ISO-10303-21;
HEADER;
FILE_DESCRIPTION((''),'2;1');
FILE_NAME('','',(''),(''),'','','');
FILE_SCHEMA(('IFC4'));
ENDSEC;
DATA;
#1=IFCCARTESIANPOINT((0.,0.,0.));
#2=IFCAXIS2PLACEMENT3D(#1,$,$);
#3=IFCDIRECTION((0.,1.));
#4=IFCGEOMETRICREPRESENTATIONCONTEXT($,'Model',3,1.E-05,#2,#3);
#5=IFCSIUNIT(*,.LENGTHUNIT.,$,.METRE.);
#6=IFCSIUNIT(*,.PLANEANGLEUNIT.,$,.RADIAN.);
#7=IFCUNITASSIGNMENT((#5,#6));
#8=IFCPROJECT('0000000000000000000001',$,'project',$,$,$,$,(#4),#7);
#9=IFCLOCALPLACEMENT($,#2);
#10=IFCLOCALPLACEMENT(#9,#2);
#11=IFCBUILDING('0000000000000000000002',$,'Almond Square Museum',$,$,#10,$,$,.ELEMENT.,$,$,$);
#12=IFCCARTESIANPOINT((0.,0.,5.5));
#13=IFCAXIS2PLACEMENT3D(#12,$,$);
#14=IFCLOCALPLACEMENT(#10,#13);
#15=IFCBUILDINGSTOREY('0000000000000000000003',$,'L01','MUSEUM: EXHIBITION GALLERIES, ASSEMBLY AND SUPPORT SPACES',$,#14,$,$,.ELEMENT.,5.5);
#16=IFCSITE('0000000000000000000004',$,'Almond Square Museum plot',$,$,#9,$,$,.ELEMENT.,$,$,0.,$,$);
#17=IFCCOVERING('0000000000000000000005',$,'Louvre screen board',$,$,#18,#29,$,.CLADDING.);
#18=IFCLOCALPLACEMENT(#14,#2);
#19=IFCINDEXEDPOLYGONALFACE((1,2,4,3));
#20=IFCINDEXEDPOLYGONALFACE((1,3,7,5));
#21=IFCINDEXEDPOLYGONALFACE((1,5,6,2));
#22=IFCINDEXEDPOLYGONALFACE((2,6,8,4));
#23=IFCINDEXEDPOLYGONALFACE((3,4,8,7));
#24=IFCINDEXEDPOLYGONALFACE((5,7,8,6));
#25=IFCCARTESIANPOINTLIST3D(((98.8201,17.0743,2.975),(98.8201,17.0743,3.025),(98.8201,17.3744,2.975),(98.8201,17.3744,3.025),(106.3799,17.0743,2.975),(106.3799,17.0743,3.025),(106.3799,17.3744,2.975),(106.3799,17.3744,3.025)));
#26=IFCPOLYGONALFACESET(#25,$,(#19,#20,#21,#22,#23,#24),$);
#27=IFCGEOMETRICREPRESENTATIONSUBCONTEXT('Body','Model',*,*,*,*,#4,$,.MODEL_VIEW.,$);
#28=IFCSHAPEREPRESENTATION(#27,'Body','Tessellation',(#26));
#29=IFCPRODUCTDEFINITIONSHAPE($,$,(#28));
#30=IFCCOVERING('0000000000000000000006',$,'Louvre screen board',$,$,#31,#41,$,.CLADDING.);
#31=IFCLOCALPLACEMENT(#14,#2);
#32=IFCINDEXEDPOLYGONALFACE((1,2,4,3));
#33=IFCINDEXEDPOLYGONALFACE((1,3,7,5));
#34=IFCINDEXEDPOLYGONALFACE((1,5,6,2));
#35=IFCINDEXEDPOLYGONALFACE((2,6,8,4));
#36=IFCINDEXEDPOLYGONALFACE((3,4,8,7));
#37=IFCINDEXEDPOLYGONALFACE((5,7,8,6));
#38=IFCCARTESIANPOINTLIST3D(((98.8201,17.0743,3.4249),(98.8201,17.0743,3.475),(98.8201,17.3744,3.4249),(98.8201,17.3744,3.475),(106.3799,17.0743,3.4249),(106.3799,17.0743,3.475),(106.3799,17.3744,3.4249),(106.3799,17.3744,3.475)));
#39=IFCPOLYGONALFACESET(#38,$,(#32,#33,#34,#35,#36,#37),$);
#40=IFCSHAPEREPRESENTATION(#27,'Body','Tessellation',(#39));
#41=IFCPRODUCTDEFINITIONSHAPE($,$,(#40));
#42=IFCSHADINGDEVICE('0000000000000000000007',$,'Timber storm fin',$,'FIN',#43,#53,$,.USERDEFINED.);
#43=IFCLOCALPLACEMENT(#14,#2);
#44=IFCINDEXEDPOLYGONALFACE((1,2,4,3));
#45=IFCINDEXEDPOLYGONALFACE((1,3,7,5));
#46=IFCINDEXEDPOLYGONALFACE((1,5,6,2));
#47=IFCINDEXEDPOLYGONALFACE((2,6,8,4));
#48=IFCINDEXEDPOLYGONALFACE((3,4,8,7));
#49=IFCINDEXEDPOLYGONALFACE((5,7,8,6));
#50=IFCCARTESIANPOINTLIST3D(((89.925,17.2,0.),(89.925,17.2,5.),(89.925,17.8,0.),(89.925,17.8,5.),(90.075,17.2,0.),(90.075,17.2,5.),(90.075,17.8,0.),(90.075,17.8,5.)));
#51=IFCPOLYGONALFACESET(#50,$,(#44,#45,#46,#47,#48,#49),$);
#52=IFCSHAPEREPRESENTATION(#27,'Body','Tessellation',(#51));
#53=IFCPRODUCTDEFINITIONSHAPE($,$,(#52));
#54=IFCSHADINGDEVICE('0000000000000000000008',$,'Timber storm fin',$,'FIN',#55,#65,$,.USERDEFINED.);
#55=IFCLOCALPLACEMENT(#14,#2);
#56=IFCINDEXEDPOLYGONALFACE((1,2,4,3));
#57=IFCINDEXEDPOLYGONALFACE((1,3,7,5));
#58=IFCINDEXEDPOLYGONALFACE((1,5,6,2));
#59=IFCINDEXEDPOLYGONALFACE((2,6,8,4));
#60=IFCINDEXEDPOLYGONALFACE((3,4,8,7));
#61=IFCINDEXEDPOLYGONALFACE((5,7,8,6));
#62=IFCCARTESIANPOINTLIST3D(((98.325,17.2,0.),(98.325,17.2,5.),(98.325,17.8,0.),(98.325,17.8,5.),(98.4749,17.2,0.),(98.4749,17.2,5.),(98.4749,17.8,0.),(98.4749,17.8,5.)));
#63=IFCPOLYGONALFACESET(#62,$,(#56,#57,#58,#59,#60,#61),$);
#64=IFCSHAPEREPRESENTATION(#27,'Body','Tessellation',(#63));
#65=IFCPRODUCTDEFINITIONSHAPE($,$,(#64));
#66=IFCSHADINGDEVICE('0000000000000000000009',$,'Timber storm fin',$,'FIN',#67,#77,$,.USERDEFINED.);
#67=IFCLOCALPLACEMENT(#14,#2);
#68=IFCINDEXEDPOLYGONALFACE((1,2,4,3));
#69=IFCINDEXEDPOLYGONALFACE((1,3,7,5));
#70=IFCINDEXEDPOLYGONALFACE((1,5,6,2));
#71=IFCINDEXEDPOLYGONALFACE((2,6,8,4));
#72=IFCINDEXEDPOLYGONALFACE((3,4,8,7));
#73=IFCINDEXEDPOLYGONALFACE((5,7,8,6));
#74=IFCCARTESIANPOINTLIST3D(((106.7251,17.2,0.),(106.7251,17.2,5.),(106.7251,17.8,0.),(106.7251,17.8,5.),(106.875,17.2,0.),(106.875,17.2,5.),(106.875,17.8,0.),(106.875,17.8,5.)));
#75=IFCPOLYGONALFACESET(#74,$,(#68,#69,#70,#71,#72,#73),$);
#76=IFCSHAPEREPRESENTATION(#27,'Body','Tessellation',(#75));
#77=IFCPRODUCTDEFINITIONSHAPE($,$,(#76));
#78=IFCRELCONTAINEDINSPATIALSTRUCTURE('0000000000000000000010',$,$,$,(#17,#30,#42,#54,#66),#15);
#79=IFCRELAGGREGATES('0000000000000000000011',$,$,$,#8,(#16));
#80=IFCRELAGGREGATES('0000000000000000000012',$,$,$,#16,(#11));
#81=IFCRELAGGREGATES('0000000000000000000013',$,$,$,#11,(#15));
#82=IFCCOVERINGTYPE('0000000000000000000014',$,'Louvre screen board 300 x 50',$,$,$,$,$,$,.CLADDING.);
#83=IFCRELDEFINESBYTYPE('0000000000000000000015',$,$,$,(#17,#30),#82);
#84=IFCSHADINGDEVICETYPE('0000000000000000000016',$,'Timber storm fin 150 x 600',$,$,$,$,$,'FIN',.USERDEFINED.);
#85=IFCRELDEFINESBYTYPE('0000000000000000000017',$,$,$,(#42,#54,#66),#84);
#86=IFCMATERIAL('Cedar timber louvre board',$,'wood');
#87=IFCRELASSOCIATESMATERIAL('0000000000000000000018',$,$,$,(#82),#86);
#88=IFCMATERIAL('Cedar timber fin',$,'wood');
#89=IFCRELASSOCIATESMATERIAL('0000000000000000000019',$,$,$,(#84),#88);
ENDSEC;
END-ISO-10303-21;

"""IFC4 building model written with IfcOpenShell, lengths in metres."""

from ifc_helpers import new_model, si_unit, direction, frame, origin, origin_2d, place, context, subcontext, project, spatial, rectangle, extrude, material, material_profile, profile_set, type_object, element, save


model = new_model("IFC4")

# Units and contexts
model_context = context("Model", 3, precision=1e-05, world=origin(), true_north=direction((0.0, 1.0)))
body_context = subcontext(model_context, "Body", "Model", "MODEL_VIEW")
ifc_project = project(units=[si_unit("LENGTHUNIT", "METRE"), si_unit("PLANEANGLEUNIT", "RADIAN")], contexts=[model_context])

# Site, building, storey
site_placement = place(None, origin())
site = spatial("IfcSite", under=ifc_project, at=site_placement, Name="Almond Square Museum plot", CompositionType="ELEMENT", RefElevation=0.0)
building_placement = place(site_placement, origin())
building = spatial("IfcBuilding", under=site, at=building_placement, Name="Almond Square Museum", CompositionType="ELEMENT")
storey_placement = place(building_placement, frame((0.0, 0.0, 5.5)))
storey = spatial("IfcBuildingStorey", under=building, at=storey_placement, Name="L01", Description="MUSEUM: EXHIBITION GALLERIES, ASSEMBLY AND SUPPORT SPACES", CompositionType="ELEMENT", Elevation=5.5)

# Coverings
ifc_material_1 = material(Name="Cedar timber louvre board", Category="wood")
ifc_material_profile_1 = material_profile(ifc_material_1, rectangle(XDim=0.3, YDim=0.05, at=origin_2d()))
ifc_profile_set_1 = profile_set([ifc_material_profile_1], Name="Cedar timber louvre board")
covering_type_1 = type_object("IfcCoveringType", Name="Louvre screen board 300 x 50", PredefinedType="CLADDING", material=ifc_profile_set_1)
for number, where, z_axis, x_axis, name in (
    (1, (98.8201, 17.2244, 3.0), (1.0, 0.0, 0.0), (0.0, 1.0, 0.0), "Louvre screen board"),
    (2, (98.8201, 17.2244, 3.45), (1.0, 0.0, 0.0), (0.0, 1.0, 0.0), "Louvre screen board"),
):
    element("IfcCovering", number, at=place(storey_placement, frame(where, z_axis=z_axis, x_axis=x_axis)), inside=storey, type_object=covering_type_1, Name=name, PredefinedType="CLADDING", context=body_context, shape_type="SweptSolid", body=[
        extrude(rectangle(XDim=0.3, YDim=0.05, at=origin_2d()), origin(), (0.0, 0.0, 1.0), 7.5598),
    ])

# Shading devices
ifc_material_2 = material(Name="Cedar timber fin", Category="wood")
shading_device_type = type_object("IfcShadingDeviceType", Name="Timber storm fin 150 x 600", ElementType="FIN", PredefinedType="USERDEFINED", material=ifc_material_2)
for number, where, z_axis, x_axis, name in (
    (3, (90.0, 17.5, 0.0), (0.0, 0.0, 1.0), (1.0, 0.0, 0.0), "Timber storm fin"),
    (4, (98.3999, 17.5, 0.0), (0.0, 0.0, 1.0), (1.0, 0.0, 0.0), "Timber storm fin"),
    (5, (106.8, 17.5, 0.0), (0.0, 0.0, 1.0), (1.0, 0.0, 0.0), "Timber storm fin"),
):
    element("IfcShadingDevice", number, at=place(storey_placement, frame(where, z_axis=z_axis, x_axis=x_axis)), inside=storey, type_object=shading_device_type, Name=name, ObjectType="FIN", PredefinedType="USERDEFINED", context=body_context, shape_type="SweptSolid", body=[
        extrude(rectangle(XDim=0.1499, YDim=0.6001, at=origin_2d()), origin(), (0.0, 0.0, 1.0), 5.0),
    ])

save(model, "model.ifc")
